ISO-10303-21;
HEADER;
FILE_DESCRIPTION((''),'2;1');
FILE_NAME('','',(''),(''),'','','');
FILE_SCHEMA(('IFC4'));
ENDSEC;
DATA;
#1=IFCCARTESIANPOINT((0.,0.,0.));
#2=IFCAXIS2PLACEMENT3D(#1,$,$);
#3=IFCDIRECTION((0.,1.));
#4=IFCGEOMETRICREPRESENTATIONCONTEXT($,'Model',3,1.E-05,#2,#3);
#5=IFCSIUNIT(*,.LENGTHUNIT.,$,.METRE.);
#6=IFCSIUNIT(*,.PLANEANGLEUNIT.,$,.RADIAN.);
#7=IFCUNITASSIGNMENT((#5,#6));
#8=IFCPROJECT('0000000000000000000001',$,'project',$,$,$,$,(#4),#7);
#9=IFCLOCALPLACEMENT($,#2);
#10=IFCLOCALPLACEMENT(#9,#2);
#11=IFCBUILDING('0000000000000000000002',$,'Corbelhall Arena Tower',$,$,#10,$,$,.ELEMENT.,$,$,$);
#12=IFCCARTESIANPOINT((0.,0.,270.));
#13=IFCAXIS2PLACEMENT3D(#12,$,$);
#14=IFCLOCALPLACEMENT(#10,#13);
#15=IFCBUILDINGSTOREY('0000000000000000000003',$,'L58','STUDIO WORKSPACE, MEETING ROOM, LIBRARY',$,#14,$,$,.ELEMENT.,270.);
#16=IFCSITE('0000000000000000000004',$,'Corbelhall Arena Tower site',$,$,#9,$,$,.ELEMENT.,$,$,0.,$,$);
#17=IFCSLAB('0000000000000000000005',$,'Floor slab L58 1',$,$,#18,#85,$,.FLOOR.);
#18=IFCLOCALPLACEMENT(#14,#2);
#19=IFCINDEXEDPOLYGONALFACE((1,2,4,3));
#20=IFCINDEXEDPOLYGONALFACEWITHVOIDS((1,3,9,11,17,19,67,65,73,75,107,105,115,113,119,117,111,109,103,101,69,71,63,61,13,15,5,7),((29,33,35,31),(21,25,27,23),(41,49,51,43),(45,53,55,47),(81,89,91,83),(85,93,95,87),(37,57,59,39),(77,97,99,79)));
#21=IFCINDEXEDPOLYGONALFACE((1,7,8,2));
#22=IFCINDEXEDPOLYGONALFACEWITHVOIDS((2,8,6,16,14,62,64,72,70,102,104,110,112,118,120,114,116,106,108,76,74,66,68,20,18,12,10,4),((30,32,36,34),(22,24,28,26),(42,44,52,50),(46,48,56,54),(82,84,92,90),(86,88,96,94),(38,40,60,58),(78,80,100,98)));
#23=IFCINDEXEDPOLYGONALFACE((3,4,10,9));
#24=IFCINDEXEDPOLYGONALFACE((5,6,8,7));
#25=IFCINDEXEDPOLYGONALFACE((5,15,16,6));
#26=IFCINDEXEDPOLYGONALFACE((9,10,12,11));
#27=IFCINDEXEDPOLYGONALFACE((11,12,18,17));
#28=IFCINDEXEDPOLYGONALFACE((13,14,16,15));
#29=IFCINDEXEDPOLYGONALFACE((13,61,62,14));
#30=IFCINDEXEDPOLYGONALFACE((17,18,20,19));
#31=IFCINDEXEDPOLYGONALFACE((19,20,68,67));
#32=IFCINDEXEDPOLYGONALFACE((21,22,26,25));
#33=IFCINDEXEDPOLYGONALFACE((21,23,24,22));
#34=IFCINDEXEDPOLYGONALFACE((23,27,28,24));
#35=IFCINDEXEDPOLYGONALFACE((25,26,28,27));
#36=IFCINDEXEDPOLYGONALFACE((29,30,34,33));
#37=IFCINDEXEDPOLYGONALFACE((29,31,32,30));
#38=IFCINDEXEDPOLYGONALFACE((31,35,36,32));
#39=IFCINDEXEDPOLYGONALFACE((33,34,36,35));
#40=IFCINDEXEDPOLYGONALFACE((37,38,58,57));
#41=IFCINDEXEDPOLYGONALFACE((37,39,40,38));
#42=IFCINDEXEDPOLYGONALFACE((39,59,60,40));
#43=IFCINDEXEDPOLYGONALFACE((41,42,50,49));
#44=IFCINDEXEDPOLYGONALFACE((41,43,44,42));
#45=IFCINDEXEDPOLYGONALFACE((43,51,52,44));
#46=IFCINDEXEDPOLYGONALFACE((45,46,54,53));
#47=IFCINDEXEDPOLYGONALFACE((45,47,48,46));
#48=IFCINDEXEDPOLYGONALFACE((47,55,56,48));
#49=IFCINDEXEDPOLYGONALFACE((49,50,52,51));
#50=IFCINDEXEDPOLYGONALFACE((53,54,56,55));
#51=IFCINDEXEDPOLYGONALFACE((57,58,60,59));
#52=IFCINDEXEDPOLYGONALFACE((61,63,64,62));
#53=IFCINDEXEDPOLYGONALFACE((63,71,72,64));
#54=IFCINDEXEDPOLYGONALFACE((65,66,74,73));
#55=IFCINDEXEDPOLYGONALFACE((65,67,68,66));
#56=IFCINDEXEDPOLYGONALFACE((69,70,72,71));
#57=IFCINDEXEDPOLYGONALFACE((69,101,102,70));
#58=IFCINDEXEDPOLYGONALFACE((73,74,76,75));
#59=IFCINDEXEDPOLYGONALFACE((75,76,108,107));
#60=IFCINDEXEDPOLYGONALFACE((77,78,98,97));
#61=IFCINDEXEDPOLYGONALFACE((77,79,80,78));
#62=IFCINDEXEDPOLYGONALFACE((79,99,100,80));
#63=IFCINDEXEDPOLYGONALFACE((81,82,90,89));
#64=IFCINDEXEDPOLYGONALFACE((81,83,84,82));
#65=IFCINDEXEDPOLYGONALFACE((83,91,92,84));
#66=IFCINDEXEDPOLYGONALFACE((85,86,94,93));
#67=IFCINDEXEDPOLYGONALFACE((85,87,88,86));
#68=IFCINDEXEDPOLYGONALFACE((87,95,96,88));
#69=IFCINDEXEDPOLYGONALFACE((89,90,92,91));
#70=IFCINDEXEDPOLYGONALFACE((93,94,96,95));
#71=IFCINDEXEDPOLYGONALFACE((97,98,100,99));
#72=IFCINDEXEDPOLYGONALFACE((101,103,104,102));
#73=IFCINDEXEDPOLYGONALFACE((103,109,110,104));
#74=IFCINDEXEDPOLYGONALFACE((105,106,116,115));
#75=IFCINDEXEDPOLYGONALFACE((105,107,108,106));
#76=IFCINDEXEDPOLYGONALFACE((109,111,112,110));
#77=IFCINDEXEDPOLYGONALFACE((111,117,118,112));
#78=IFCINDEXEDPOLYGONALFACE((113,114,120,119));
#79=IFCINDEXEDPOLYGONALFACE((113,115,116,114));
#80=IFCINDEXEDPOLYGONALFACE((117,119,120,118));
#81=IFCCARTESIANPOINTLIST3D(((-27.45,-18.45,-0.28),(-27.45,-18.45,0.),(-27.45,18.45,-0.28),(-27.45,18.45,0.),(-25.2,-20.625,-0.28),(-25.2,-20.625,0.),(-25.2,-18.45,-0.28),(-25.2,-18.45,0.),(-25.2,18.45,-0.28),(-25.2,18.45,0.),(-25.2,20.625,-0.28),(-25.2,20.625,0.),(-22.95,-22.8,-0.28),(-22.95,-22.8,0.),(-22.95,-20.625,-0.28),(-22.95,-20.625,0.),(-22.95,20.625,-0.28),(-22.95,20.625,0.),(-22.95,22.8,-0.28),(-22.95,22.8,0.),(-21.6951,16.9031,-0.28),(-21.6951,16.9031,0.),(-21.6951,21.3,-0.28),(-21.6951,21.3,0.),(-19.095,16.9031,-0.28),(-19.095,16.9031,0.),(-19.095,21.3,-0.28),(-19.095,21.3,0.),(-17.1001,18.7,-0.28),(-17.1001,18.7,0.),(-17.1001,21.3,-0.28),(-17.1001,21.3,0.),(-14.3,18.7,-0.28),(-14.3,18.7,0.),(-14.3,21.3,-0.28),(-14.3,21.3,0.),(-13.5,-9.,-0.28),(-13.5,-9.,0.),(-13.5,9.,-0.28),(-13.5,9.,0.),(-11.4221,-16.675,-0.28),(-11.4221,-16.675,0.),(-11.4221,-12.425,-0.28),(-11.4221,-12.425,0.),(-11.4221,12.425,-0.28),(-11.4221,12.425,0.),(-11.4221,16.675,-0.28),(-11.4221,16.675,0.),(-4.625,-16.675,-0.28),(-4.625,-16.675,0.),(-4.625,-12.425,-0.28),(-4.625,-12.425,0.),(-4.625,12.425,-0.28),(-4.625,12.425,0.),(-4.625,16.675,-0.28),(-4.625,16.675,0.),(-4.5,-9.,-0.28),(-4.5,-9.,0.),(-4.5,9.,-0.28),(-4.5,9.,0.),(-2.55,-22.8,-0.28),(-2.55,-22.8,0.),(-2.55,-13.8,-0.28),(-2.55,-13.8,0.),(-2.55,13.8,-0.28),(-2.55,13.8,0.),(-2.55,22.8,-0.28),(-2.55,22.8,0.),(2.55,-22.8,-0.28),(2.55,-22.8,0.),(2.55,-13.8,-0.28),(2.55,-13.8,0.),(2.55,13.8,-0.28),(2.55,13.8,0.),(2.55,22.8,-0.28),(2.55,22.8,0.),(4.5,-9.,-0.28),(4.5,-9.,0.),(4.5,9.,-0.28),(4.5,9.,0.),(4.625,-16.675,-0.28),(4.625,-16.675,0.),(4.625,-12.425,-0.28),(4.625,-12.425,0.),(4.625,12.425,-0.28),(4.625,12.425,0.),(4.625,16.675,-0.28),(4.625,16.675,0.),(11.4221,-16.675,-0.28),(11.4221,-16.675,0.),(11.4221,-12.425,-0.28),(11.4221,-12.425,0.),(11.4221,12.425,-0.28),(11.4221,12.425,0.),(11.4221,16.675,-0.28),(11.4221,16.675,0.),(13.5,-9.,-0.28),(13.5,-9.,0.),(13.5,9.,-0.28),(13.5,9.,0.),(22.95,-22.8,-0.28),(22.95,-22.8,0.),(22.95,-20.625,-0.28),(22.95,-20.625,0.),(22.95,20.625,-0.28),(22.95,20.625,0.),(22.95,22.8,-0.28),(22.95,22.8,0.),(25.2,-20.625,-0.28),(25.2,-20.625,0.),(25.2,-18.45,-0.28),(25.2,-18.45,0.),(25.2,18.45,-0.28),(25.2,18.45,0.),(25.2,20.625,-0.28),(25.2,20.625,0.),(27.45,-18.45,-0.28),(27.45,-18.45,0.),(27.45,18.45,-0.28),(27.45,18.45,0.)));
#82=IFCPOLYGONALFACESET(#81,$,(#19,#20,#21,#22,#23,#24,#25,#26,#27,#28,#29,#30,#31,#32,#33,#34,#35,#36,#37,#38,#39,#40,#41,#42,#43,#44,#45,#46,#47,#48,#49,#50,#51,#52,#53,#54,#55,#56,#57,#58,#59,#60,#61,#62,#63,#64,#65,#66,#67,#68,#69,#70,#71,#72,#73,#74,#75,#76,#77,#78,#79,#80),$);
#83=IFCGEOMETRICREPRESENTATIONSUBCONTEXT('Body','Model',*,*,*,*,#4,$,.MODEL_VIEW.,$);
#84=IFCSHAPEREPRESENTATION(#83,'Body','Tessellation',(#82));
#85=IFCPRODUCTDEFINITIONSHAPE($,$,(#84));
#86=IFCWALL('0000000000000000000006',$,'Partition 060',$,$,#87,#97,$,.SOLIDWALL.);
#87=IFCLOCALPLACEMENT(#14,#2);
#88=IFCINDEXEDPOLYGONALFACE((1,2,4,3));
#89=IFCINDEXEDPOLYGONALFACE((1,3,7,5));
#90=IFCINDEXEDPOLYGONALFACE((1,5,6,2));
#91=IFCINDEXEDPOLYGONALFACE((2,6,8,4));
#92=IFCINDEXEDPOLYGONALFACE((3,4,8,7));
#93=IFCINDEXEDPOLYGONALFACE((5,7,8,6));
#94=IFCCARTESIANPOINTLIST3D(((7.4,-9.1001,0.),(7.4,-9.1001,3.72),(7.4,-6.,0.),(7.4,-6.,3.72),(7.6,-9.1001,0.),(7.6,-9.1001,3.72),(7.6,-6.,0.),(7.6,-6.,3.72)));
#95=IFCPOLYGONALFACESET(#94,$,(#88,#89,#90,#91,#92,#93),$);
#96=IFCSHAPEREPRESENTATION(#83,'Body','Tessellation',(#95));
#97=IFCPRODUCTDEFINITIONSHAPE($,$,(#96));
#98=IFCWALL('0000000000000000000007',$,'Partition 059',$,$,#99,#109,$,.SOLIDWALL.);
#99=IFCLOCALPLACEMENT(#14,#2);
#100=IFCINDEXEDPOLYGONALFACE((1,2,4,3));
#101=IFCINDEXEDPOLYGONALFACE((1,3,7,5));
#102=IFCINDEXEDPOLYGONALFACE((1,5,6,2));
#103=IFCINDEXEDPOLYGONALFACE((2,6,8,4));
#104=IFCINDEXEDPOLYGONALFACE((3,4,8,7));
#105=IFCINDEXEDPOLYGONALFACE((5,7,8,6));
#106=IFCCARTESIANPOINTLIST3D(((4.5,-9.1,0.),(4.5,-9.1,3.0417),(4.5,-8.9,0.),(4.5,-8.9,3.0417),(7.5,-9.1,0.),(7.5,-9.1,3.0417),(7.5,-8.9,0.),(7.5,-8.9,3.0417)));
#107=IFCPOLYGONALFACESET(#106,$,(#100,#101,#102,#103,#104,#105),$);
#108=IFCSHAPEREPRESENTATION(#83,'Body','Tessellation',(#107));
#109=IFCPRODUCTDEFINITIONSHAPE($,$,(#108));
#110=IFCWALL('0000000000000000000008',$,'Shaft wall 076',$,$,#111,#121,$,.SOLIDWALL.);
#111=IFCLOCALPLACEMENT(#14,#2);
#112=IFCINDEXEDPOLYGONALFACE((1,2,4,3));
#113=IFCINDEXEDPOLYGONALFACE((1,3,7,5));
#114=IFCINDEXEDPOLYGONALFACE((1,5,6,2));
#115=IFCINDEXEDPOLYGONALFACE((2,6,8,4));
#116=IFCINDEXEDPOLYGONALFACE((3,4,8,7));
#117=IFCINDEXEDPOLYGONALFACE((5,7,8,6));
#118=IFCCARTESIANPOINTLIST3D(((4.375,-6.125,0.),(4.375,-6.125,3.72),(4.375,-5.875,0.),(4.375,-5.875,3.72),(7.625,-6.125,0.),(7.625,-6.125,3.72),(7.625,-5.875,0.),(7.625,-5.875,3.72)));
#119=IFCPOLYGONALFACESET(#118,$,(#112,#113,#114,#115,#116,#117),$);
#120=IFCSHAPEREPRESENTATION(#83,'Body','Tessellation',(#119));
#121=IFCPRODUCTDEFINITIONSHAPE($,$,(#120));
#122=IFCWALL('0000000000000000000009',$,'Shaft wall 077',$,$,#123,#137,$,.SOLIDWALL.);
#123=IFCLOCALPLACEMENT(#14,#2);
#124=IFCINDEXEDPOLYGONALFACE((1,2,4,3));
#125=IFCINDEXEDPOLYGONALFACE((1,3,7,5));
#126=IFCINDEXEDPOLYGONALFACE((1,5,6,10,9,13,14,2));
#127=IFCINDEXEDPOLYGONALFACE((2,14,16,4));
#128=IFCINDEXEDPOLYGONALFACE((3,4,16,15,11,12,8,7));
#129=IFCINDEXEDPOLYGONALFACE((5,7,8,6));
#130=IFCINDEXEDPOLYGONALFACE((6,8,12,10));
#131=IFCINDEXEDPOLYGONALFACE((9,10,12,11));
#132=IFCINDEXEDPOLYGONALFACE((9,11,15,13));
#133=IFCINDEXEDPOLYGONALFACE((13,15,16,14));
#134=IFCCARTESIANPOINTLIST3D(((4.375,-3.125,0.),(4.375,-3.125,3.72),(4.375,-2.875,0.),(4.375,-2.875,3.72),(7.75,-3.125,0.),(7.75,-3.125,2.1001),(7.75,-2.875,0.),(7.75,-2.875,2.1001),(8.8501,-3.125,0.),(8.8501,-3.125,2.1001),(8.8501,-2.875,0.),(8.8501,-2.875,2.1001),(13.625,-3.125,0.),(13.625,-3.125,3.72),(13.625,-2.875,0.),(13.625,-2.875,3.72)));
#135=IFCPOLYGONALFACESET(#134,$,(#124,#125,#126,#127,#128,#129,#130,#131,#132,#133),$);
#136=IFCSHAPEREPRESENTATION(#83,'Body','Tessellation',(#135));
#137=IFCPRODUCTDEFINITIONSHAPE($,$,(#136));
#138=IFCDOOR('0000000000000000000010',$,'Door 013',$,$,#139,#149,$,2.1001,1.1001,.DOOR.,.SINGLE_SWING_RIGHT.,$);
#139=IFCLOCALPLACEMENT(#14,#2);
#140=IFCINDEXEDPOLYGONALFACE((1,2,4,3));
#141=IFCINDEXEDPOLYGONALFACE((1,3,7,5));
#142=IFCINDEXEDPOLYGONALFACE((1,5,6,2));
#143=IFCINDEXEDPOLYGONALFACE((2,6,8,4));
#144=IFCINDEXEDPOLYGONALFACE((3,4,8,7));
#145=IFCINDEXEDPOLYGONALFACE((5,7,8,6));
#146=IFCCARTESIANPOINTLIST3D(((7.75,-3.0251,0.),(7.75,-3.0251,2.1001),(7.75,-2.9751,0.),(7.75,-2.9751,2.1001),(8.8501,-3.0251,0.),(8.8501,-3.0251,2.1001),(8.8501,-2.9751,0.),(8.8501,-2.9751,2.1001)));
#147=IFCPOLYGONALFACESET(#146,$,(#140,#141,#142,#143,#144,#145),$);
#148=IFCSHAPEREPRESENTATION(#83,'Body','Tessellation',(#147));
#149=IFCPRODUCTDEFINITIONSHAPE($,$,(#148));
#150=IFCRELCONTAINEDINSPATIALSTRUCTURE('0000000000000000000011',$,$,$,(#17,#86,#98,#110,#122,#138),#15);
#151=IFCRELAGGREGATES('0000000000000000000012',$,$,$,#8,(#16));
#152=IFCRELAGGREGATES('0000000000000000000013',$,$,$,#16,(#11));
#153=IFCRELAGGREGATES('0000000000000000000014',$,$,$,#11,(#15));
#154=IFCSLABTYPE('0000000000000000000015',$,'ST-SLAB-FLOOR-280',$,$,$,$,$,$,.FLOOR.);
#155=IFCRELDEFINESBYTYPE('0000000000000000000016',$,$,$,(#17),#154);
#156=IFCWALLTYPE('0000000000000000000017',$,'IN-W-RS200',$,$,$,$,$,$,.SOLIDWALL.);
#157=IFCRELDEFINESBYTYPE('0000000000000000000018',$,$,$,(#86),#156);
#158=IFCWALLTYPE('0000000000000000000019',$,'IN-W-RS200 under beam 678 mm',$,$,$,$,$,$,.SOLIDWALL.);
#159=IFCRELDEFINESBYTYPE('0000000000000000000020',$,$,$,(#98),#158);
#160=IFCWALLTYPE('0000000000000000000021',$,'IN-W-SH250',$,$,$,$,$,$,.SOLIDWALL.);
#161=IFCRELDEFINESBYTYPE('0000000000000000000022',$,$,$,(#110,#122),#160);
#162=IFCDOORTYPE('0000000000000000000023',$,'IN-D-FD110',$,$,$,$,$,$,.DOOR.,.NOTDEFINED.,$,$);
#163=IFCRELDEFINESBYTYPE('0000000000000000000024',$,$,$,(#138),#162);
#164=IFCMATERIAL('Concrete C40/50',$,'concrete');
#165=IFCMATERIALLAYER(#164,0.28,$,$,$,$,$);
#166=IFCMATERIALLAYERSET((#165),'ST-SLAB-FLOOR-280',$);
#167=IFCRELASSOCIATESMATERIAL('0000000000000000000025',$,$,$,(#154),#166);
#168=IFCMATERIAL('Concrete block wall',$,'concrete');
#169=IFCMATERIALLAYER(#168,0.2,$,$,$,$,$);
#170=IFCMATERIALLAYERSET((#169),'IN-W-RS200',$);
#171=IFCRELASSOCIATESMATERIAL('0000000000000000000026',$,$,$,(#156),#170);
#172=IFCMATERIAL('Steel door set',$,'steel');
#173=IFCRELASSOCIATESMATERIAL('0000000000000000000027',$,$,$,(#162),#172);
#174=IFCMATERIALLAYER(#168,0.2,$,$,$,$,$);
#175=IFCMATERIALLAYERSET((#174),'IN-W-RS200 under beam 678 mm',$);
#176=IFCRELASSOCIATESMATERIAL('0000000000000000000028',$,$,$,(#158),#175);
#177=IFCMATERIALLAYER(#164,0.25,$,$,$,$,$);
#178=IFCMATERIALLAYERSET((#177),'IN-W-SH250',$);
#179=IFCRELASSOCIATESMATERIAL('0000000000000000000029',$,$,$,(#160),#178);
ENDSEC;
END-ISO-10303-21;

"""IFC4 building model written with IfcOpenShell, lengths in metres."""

from ifc_helpers import new_model, si_unit, direction, frame, frame_2d, origin, place, context, subcontext, project, spatial, polyline, rectangle, outline, extrude, material, layer, layer_set, type_object, element, fill, save


model = new_model("IFC4")

# Units and contexts
model_context = context("Model", 3, precision=1e-05, world=origin(), true_north=direction((0.0, 1.0)))
body_context = subcontext(model_context, "Body", "Model", "MODEL_VIEW")
ifc_project = project(units=[si_unit("LENGTHUNIT", "METRE"), si_unit("PLANEANGLEUNIT", "RADIAN")], contexts=[model_context])

# Site, building, storey
site_placement = place(None, origin())
site = spatial("IfcSite", under=ifc_project, at=site_placement, Name="Corbelhall Arena Tower site", CompositionType="ELEMENT", RefElevation=0.0)
building_placement = place(site_placement, origin())
building = spatial("IfcBuilding", under=site, at=building_placement, Name="Corbelhall Arena Tower", CompositionType="ELEMENT")
storey_placement = place(building_placement, frame((0.0, 0.0, 270.0)))
storey = spatial("IfcBuildingStorey", under=building, at=storey_placement, Name="L58", Description="STUDIO WORKSPACE, MEETING ROOM, LIBRARY", CompositionType="ELEMENT", Elevation=270.0)

# Shared definitions
ifc_material_1 = material(Name="Concrete C40/50", Category="concrete")

# Slab
ifc_layer_1 = layer(ifc_material_1, 0.28)
ifc_layer_set_1 = layer_set([ifc_layer_1], Name="ST-SLAB-FLOOR-280")
slab_type_1 = type_object("IfcSlabType", Name="ST-SLAB-FLOOR-280", PredefinedType="FLOOR", material=ifc_layer_set_1)
slab_1_placement = place(storey_placement, frame((0.0, 0.0, -0.28)))
element("IfcSlab", 1, at=slab_1_placement, inside=storey, type_object=slab_type_1, Name="Floor slab L58 1", PredefinedType="FLOOR", context=body_context, shape_type="SweptSolid", body=[
    extrude(outline(polyline([(22.95, 22.8), (2.55, 22.8), (2.55, 13.8), (-2.55, 13.8), (-2.55, 22.8), (-22.95, 22.8), (-22.95, 20.625), (-25.2, 20.625), (-25.2, 18.45), (-27.45, 18.45), (-27.45, -18.45), (-25.2, -18.45), (-25.2, -20.625), (-22.95, -20.625), (-22.95, -22.8), (-2.55, -22.8), (-2.55, -13.8), (2.55, -13.8), (2.55, -22.8), (22.95, -22.8), (22.95, -20.625), (25.2, -20.625), (25.2, -18.45), (27.45, -18.45), (27.45, 18.45), (25.2, 18.45), (25.2, 20.625), (22.95, 20.625), (22.95, 22.8)]), holes=[polyline([(-13.5, 9.0), (-13.5, -9.0), (-4.5, -9.0), (-4.5, 9.0), (-13.5, 9.0)]), polyline([(4.5, 9.0), (4.5, -9.0), (13.5, -9.0), (13.5, 9.0), (4.5, 9.0)]), polyline([(-4.625, 16.675), (-11.4221, 16.675), (-11.4221, 12.425), (-4.625, 12.425), (-4.625, 16.675)]), polyline([(-4.625, -16.675), (-4.625, -12.425), (-11.4221, -12.425), (-11.4221, -16.675), (-4.625, -16.675)]), polyline([(11.4221, 16.675), (4.625, 16.675), (4.625, 12.425), (11.4221, 12.425), (11.4221, 16.675)]), polyline([(11.4221, -16.675), (11.4221, -12.425), (4.625, -12.425), (4.625, -16.675), (11.4221, -16.675)]), polyline([(-21.6951, 21.3), (-21.6951, 16.9031), (-19.095, 16.9031), (-19.095, 21.3), (-21.6951, 21.3)]), polyline([(-14.3, 21.3), (-17.1001, 21.3), (-17.1001, 18.7), (-14.3, 18.7), (-14.3, 21.3)])]), origin(), (0.0, 0.0, 1.0), 0.28),
])

# Wall
ifc_material_2 = material(Name="Concrete block wall", Category="concrete")
ifc_layer_2 = layer(ifc_material_2, 0.2)
ifc_layer_set_2 = layer_set([ifc_layer_2], Name="IN-W-RS200")
wall_type_1 = type_object("IfcWallType", Name="IN-W-RS200", PredefinedType="SOLIDWALL", material=ifc_layer_set_2)
wall_1_placement = place(storey_placement, frame((7.5, -6.0, 0.0), z_axis=(0.0, 0.0, 1.0), x_axis=(0.0, -1.0, 0.0)))
element("IfcWall", 2, at=wall_1_placement, inside=storey, type_object=wall_type_1, Name="Partition 060", PredefinedType="SOLIDWALL", context=body_context, shape_type="SweptSolid", body=[
    extrude(rectangle(XDim=3.1001, YDim=0.2, at=frame_2d((1.55, 0.0))), origin(), (0.0, 0.0, 1.0), 3.72),
])

# Shared definitions
ifc_material_3 = material(Name="Steel door set", Category="steel")
door_type_1 = type_object("IfcDoorType", Name="IN-D-FD110", OperationType="NOTDEFINED", PredefinedType="DOOR", material=ifc_material_3)
ifc_layer_3 = layer(ifc_material_2, 0.2)
ifc_layer_set_3 = layer_set([ifc_layer_3], Name="IN-W-RS200 under beam 678 mm")
wall_type_2 = type_object("IfcWallType", Name="IN-W-RS200 under beam 678 mm", PredefinedType="SOLIDWALL", material=ifc_layer_set_3)

# Walls
wall_2_placement = place(storey_placement, frame((7.5, -9.0, 0.0), z_axis=(0.0, 0.0, 1.0), x_axis=(-1.0, 0.0, 0.0)))
element("IfcWall", 3, at=wall_2_placement, inside=storey, type_object=wall_type_2, Name="Partition 059", PredefinedType="SOLIDWALL", context=body_context, shape_type="SweptSolid", body=[
    extrude(rectangle(XDim=3.0, YDim=0.2, at=frame_2d((1.5, 0.0))), origin(), (0.0, 0.0, 1.0), 3.0417),
])
ifc_layer_4 = layer(ifc_material_1, 0.25)
ifc_layer_set_4 = layer_set([ifc_layer_4], Name="IN-W-SH250")
wall_type_3 = type_object("IfcWallType", Name="IN-W-SH250", PredefinedType="SOLIDWALL", material=ifc_layer_set_4)
wall_3_placement = place(storey_placement, frame((4.375, -6.0, 0.0), z_axis=(0.0, 0.0, 1.0), x_axis=(1.0, 0.0, 0.0)))
element("IfcWall", 4, at=wall_3_placement, inside=storey, type_object=wall_type_3, Name="Shaft wall 076", PredefinedType="SOLIDWALL", context=body_context, shape_type="SweptSolid", body=[
    extrude(rectangle(XDim=3.25, YDim=0.25, at=frame_2d((1.625, 0.0))), origin(), (0.0, 0.0, 1.0), 3.72),
])

# Wall, opening, door
wall_4_placement = place(storey_placement, frame((4.375, -3.0, 0.0), z_axis=(0.0, 0.0, 1.0), x_axis=(1.0, 0.0, 0.0)))
wall_4 = element("IfcWall", 5, at=wall_4_placement, inside=storey, type_object=wall_type_3, Name="Shaft wall 077", PredefinedType="SOLIDWALL", context=body_context, shape_type="SweptSolid", body=[
    extrude(rectangle(XDim=9.25, YDim=0.25, at=frame_2d((4.625, 0.0))), origin(), (0.0, 0.0, 1.0), 3.72),
])
opening_1_placement = place(wall_4_placement, frame((3.375, 0.0, 0.0)))
opening_1 = element("IfcOpeningElement", 6, at=opening_1_placement, cuts=wall_4, PredefinedType="OPENING", context=body_context, shape_type="SweptSolid", body=[
    extrude(rectangle(XDim=1.1001, YDim=2.1001, at=frame_2d((0.55, 1.05))), frame((0.0, 0.125, 0.0), z_axis=(0.0, -1.0, 0.0), x_axis=(1.0, 0.0, 0.0)), (0.0, 0.0, 1.0), 0.25),
])
door_1_placement = place(opening_1_placement, origin())
door_1 = element("IfcDoor", 7, at=door_1_placement, inside=storey, type_object=door_type_1, Name="Door 013", OperationType="SINGLE_SWING_RIGHT", OverallHeight=2.1001, OverallWidth=1.1001, PredefinedType="DOOR", context=body_context, shape_type="SweptSolid", body=[
    extrude(rectangle(XDim=1.1001, YDim=2.1001, at=frame_2d((0.55, 1.05))), frame((0.0, 0.0249, 0.0), z_axis=(0.0, -1.0, 0.0), x_axis=(1.0, 0.0, 0.0)), (0.0, 0.0, 1.0), 0.05),
])
fill(opening_1, door_1)

save(model, "model.ifc")
